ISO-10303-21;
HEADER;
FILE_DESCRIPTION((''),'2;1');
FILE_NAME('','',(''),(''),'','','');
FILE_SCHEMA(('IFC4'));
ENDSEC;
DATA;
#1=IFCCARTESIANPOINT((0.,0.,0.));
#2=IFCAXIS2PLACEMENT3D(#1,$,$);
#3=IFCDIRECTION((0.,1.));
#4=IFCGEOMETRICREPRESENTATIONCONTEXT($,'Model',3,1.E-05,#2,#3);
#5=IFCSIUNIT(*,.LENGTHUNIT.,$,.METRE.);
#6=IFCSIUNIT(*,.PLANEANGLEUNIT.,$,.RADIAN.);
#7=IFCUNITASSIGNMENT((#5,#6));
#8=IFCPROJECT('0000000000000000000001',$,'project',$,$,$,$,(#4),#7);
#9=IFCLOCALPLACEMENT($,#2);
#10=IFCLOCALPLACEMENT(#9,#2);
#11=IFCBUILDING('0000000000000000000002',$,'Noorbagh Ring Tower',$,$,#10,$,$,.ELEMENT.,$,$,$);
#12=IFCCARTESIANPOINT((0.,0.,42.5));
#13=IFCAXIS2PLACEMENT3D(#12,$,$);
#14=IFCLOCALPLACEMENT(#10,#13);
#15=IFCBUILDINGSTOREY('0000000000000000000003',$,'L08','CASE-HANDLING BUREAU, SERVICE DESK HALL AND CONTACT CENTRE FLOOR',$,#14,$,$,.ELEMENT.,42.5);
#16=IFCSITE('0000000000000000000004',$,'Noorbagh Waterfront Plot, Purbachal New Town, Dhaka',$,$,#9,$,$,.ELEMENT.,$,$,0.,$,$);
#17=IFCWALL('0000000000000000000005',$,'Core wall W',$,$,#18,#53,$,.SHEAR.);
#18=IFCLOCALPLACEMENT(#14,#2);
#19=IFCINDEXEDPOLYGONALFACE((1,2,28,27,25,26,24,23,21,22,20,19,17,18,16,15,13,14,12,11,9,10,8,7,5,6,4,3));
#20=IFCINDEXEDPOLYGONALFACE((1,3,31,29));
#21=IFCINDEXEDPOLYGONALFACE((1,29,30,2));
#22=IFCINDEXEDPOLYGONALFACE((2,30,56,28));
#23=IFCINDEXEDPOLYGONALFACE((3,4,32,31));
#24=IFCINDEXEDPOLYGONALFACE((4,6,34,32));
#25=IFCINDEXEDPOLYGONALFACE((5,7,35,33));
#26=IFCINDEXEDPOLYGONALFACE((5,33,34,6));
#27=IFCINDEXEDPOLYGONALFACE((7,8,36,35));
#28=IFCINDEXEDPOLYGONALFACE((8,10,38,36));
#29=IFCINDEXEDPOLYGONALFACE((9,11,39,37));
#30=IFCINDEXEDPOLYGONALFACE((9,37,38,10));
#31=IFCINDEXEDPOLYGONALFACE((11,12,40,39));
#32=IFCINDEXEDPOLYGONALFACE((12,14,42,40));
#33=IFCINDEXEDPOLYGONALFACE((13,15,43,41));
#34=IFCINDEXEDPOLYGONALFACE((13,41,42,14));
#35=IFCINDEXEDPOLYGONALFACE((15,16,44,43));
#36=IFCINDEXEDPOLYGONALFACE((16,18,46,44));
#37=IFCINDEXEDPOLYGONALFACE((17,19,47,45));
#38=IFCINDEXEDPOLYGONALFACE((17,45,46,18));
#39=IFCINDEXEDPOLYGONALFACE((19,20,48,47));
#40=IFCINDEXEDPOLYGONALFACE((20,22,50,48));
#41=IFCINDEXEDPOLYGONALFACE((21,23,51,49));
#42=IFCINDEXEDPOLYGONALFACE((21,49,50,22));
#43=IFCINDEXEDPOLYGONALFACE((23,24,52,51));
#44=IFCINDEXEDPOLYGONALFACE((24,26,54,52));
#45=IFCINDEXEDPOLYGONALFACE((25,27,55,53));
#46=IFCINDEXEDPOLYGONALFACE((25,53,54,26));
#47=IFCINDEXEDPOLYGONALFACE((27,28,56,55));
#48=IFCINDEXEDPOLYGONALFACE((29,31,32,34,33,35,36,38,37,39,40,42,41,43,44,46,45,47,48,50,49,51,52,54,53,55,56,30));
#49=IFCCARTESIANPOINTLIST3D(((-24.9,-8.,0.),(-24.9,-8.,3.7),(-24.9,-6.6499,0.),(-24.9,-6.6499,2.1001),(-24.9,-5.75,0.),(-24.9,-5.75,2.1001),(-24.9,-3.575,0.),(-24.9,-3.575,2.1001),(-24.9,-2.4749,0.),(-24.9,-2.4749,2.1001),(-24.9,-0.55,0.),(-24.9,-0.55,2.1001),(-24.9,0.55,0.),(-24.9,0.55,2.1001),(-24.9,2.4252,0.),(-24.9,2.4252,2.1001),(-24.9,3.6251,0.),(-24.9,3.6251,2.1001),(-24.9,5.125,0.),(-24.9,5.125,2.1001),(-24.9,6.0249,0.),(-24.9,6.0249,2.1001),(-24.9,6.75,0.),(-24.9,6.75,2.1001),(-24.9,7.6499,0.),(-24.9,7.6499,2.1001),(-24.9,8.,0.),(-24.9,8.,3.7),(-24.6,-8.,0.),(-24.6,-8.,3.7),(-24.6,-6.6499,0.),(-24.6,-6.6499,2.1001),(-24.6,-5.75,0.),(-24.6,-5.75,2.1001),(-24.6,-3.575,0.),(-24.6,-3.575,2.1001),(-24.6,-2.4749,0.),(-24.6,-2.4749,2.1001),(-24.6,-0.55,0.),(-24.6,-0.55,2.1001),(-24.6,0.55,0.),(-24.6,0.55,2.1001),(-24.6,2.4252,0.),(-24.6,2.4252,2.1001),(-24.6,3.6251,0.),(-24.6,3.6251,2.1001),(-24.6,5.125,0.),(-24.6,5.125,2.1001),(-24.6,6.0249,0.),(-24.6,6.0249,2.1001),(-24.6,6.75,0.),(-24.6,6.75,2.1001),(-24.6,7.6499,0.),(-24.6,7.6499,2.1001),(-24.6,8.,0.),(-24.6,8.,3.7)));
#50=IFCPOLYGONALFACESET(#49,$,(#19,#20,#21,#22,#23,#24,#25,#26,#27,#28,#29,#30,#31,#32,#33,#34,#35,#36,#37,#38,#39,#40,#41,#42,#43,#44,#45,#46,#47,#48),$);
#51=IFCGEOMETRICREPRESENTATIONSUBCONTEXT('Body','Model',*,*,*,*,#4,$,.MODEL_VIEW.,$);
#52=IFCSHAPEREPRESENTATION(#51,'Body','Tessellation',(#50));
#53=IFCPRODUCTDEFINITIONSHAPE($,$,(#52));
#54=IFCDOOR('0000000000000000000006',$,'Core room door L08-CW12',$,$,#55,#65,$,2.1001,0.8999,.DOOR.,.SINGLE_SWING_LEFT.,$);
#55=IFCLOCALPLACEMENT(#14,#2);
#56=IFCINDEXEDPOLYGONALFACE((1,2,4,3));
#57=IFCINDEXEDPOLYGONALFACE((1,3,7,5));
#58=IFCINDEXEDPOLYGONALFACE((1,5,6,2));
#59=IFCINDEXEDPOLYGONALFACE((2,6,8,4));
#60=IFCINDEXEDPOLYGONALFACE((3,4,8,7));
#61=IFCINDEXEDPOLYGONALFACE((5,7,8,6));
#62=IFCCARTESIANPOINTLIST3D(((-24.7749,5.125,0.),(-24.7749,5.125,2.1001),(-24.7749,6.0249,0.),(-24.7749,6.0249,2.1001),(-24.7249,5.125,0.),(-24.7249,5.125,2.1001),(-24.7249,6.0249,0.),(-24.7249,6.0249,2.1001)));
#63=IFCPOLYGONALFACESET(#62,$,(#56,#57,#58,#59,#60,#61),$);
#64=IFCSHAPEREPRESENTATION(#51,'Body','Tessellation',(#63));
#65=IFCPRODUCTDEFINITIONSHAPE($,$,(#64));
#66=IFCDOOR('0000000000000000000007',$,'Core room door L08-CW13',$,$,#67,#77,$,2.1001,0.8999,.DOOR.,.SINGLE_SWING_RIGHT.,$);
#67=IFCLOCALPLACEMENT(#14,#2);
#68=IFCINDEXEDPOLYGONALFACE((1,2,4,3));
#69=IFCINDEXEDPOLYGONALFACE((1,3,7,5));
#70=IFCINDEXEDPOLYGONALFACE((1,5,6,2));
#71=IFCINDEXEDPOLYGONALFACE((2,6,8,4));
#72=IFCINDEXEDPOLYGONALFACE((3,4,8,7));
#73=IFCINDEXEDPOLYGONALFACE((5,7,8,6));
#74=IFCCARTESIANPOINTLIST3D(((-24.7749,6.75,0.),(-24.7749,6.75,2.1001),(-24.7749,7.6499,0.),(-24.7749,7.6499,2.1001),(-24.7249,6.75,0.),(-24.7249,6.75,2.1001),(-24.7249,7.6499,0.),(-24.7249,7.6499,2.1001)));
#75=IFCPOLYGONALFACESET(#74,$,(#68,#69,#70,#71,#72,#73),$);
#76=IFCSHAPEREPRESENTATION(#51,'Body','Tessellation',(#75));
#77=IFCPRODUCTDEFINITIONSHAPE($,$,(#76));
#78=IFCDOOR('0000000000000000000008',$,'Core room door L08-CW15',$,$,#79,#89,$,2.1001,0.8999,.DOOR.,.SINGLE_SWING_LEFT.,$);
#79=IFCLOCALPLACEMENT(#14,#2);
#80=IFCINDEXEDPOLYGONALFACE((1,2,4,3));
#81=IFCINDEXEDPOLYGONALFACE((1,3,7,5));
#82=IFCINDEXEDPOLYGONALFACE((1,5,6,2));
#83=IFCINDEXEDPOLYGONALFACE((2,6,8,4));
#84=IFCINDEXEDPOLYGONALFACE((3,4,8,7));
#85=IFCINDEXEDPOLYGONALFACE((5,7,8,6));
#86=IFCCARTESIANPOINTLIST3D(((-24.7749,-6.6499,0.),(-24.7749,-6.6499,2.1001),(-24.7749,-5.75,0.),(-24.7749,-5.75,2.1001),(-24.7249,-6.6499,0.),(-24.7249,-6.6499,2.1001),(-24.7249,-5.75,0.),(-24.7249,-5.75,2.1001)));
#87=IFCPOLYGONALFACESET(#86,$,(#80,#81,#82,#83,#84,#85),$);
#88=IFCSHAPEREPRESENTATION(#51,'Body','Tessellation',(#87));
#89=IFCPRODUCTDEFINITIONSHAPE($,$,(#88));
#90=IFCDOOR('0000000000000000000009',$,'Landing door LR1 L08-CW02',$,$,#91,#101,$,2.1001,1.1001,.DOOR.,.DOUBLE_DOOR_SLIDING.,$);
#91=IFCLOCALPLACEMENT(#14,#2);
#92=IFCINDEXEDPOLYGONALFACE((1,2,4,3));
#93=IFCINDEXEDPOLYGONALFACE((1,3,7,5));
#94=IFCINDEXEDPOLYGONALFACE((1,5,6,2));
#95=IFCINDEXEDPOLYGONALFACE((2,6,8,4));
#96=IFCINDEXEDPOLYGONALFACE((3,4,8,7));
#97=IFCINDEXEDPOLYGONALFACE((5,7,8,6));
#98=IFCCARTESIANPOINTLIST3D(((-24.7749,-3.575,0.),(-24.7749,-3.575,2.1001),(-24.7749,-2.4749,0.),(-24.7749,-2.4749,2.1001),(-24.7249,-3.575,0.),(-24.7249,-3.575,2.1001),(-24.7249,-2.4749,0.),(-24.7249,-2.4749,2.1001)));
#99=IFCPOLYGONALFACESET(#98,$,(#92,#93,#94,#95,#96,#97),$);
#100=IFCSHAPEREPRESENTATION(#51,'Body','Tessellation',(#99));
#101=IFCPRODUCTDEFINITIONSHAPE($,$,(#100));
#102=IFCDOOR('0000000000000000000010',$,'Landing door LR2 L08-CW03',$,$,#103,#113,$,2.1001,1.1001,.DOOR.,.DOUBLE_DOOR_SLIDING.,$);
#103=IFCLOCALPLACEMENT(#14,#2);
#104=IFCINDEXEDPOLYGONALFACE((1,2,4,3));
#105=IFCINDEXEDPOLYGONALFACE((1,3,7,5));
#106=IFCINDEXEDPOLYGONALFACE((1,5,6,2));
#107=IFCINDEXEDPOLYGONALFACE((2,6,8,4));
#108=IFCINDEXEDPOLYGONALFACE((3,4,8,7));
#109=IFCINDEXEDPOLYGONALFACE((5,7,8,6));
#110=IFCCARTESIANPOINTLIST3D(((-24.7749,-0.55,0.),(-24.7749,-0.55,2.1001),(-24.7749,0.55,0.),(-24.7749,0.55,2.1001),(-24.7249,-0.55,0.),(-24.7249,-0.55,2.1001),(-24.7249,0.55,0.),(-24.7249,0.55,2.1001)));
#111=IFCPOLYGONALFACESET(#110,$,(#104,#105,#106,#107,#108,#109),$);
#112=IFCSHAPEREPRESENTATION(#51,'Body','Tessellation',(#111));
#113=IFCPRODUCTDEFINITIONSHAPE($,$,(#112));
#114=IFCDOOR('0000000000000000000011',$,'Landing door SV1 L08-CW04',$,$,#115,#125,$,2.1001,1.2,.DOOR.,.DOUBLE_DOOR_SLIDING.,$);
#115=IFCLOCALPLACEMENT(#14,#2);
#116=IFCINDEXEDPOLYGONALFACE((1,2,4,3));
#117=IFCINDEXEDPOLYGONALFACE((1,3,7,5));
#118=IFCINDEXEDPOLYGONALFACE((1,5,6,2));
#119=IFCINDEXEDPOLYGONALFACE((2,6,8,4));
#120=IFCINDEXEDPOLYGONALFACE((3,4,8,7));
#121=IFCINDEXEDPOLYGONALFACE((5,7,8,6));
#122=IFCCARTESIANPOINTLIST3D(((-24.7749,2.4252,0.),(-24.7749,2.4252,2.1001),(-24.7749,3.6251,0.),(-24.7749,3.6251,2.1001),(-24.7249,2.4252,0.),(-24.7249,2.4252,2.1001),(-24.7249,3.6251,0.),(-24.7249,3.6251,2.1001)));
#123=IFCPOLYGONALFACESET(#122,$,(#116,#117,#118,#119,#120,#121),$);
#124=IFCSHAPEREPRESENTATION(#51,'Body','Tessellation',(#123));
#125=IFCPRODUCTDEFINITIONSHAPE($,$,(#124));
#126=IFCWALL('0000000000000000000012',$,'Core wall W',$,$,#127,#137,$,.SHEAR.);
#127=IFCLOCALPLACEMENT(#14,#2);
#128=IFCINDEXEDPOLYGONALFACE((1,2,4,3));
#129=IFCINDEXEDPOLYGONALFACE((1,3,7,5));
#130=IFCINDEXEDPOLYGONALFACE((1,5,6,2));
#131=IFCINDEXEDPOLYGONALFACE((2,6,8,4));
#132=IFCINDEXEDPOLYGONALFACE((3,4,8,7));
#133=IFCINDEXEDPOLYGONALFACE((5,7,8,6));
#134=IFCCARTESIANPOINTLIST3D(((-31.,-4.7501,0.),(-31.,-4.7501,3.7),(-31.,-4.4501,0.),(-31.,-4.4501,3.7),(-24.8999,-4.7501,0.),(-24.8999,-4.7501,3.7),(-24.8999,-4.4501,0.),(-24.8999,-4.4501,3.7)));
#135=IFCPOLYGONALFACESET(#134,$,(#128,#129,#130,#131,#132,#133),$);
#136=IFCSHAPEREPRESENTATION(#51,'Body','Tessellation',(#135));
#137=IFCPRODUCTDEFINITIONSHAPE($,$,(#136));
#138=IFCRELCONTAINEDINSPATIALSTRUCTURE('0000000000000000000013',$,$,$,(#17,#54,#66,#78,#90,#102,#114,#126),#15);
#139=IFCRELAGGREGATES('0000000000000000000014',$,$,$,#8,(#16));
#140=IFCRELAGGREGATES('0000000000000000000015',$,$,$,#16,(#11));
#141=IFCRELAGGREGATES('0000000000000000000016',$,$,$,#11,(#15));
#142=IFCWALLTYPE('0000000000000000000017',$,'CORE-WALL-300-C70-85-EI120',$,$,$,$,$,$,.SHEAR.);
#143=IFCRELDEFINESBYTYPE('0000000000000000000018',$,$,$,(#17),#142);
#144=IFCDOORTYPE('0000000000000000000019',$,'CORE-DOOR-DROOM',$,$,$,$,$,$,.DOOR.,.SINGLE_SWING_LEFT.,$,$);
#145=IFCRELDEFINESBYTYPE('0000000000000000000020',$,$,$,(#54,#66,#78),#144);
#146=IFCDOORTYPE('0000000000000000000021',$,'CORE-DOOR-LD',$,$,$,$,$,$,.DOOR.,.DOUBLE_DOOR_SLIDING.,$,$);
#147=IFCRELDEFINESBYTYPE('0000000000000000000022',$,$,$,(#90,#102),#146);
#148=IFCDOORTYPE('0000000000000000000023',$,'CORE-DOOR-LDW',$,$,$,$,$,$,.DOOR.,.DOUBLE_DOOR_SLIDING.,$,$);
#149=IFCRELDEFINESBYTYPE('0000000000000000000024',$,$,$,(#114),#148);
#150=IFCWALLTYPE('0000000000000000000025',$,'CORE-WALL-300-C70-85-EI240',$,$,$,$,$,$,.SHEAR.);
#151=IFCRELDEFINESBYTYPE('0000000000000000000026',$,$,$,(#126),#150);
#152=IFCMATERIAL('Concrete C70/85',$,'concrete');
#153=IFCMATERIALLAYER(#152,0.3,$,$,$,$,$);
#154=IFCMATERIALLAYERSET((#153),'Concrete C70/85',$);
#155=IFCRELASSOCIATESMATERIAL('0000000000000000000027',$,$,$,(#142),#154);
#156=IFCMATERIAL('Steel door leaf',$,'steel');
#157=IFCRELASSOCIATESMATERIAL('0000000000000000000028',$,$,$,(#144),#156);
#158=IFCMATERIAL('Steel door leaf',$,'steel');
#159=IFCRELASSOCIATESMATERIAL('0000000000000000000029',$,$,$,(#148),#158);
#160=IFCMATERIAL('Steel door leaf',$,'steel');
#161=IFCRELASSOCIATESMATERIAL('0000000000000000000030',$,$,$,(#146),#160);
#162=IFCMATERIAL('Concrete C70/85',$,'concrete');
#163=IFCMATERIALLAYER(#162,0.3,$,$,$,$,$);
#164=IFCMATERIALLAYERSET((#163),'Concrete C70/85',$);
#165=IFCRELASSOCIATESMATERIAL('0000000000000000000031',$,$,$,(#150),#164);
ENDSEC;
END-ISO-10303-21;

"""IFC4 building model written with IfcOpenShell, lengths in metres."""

from ifc_helpers import new_model, si_unit, direction, frame, frame_2d, origin, place, context, subcontext, project, spatial, rectangle, extrude, material, layer, layer_set, type_object, element, fill, save


model = new_model("IFC4")

# Units and contexts
model_context = context("Model", 3, precision=1e-05, world=origin(), true_north=direction((0.0, 1.0)))
body_context = subcontext(model_context, "Body", "Model", "MODEL_VIEW")
ifc_project = project(units=[si_unit("LENGTHUNIT", "METRE"), si_unit("PLANEANGLEUNIT", "RADIAN")], contexts=[model_context])

# Site, building, storey
site_placement = place(None, origin())
site = spatial("IfcSite", under=ifc_project, at=site_placement, Name="Noorbagh Waterfront Plot, Purbachal New Town, Dhaka", CompositionType="ELEMENT", RefElevation=0.0)
building_placement = place(site_placement, origin())
building = spatial("IfcBuilding", under=site, at=building_placement, Name="Noorbagh Ring Tower", CompositionType="ELEMENT")
storey_placement = place(building_placement, frame((0.0, 0.0, 42.5)))
storey = spatial("IfcBuildingStorey", under=building, at=storey_placement, Name="L08", Description="CASE-HANDLING BUREAU, SERVICE DESK HALL AND CONTACT CENTRE FLOOR", CompositionType="ELEMENT", Elevation=42.5)

# Wall, openings, doors
ifc_material_1 = material(Name="Concrete C70/85", Category="concrete")
ifc_layer_1 = layer(ifc_material_1, 0.3)
ifc_layer_set_1 = layer_set([ifc_layer_1], Name="Concrete C70/85")
wall_type_1 = type_object("IfcWallType", Name="CORE-WALL-300-C70-85-EI120", PredefinedType="SHEAR", material=ifc_layer_set_1)
ifc_material_2 = material(Name="Steel door leaf", Category="steel")
door_type_1 = type_object("IfcDoorType", Name="CORE-DOOR-DROOM", OperationType="SINGLE_SWING_LEFT", PredefinedType="DOOR", material=ifc_material_2)
ifc_material_3 = material(Name="Steel door leaf", Category="steel")
door_type_2 = type_object("IfcDoorType", Name="CORE-DOOR-LDW", OperationType="DOUBLE_DOOR_SLIDING", PredefinedType="DOOR", material=ifc_material_3)
wall_1_placement = place(storey_placement, frame((-24.75, -8.0, 0.0), z_axis=(0.0, 0.0, 1.0), x_axis=(0.0, 1.0, 0.0)))
wall_1 = element("IfcWall", 1, at=wall_1_placement, inside=storey, type_object=wall_type_1, Name="Core wall W", PredefinedType="SHEAR", context=body_context, shape_type="SweptSolid", body=[
    extrude(rectangle(XDim=16.0, YDim=0.3, at=frame_2d((8.0, 0.0))), origin(), (0.0, 0.0, 1.0), 3.7),
])
opening_1_placement = place(wall_1_placement, frame((4.425, 0.0, 0.0)))
opening_1 = element("IfcOpeningElement", 2, at=opening_1_placement, cuts=wall_1, PredefinedType="OPENING", context=body_context, shape_type="SweptSolid", body=[
    extrude(rectangle(XDim=1.1001, YDim=2.1001, at=frame_2d((0.55, 1.05))), frame((0.0, 0.1602, 0.0), z_axis=(0.0, -1.0, 0.0), x_axis=(1.0, 0.0, 0.0)), (0.0, 0.0, 1.0), 0.3201),
])
opening_2_placement = place(wall_1_placement, frame((7.45, 0.0, 0.0)))
opening_2 = element("IfcOpeningElement", 3, at=opening_2_placement, cuts=wall_1, PredefinedType="OPENING", context=body_context, shape_type="SweptSolid", body=[
    extrude(rectangle(XDim=1.1001, YDim=2.1001, at=frame_2d((0.55, 1.05))), frame((0.0, 0.1602, 0.0), z_axis=(0.0, -1.0, 0.0), x_axis=(1.0, 0.0, 0.0)), (0.0, 0.0, 1.0), 0.3201),
])
opening_3_placement = place(wall_1_placement, frame((10.425, 0.0, 0.0)))
opening_3 = element("IfcOpeningElement", 4, at=opening_3_placement, cuts=wall_1, PredefinedType="OPENING", context=body_context, shape_type="SweptSolid", body=[
    extrude(rectangle(XDim=1.2, YDim=2.1001, at=frame_2d((0.6001, 1.05))), frame((0.0, 0.1602, 0.0), z_axis=(0.0, -1.0, 0.0), x_axis=(1.0, 0.0, 0.0)), (0.0, 0.0, 1.0), 0.3201),
])
opening_4_placement = place(wall_1_placement, frame((13.125, 0.0, 0.0)))
opening_4 = element("IfcOpeningElement", 5, at=opening_4_placement, cuts=wall_1, PredefinedType="OPENING", context=body_context, shape_type="SweptSolid", body=[
    extrude(rectangle(XDim=0.8999, YDim=2.1001, at=frame_2d((0.45, 1.05))), frame((0.0, 0.1602, 0.0), z_axis=(0.0, -1.0, 0.0), x_axis=(1.0, 0.0, 0.0)), (0.0, 0.0, 1.0), 0.3201),
])
opening_5_placement = place(wall_1_placement, frame((14.75, 0.0, 0.0)))
opening_5 = element("IfcOpeningElement", 6, at=opening_5_placement, cuts=wall_1, PredefinedType="OPENING", context=body_context, shape_type="SweptSolid", body=[
    extrude(rectangle(XDim=0.8999, YDim=2.1001, at=frame_2d((0.45, 1.05))), frame((0.0, 0.1602, 0.0), z_axis=(0.0, -1.0, 0.0), x_axis=(1.0, 0.0, 0.0)), (0.0, 0.0, 1.0), 0.3201),
])
opening_6_placement = place(wall_1_placement, frame((1.3501, 0.0, 0.0)))
opening_6 = element("IfcOpeningElement", 7, at=opening_6_placement, cuts=wall_1, PredefinedType="OPENING", context=body_context, shape_type="SweptSolid", body=[
    extrude(rectangle(XDim=0.8999, YDim=2.1001, at=frame_2d((0.45, 1.05))), frame((0.0, 0.1602, 0.0), z_axis=(0.0, -1.0, 0.0), x_axis=(1.0, 0.0, 0.0)), (0.0, 0.0, 1.0), 0.3201),
])
door_1_placement = place(opening_4_placement, origin())
door_1 = element("IfcDoor", 8, at=door_1_placement, inside=storey, type_object=door_type_1, Name="Core room door L08-CW12", OperationType="SINGLE_SWING_LEFT", OverallHeight=2.1001, OverallWidth=0.8999, PredefinedType="DOOR", context=body_context, shape_type="SweptSolid", body=[
    extrude(rectangle(XDim=0.8999, YDim=2.1001, at=frame_2d((0.45, 1.05))), frame((0.0, 0.0249, 0.0), z_axis=(0.0, -1.0, 0.0), x_axis=(1.0, 0.0, 0.0)), (0.0, 0.0, 1.0), 0.05),
])
fill(opening_4, door_1)
door_2_placement = place(opening_5_placement, origin())
door_2 = element("IfcDoor", 9, at=door_2_placement, inside=storey, type_object=door_type_1, Name="Core room door L08-CW13", OperationType="SINGLE_SWING_RIGHT", OverallHeight=2.1001, OverallWidth=0.8999, PredefinedType="DOOR", context=body_context, shape_type="SweptSolid", body=[
    extrude(rectangle(XDim=0.8999, YDim=2.1001, at=frame_2d((0.45, 1.05))), frame((0.0, 0.0249, 0.0), z_axis=(0.0, -1.0, 0.0), x_axis=(1.0, 0.0, 0.0)), (0.0, 0.0, 1.0), 0.05),
])
fill(opening_5, door_2)
door_3_placement = place(opening_6_placement, origin())
door_3 = element("IfcDoor", 10, at=door_3_placement, inside=storey, type_object=door_type_1, Name="Core room door L08-CW15", OperationType="SINGLE_SWING_LEFT", OverallHeight=2.1001, OverallWidth=0.8999, PredefinedType="DOOR", context=body_context, shape_type="SweptSolid", body=[
    extrude(rectangle(XDim=0.8999, YDim=2.1001, at=frame_2d((0.45, 1.05))), frame((0.0, 0.0249, 0.0), z_axis=(0.0, -1.0, 0.0), x_axis=(1.0, 0.0, 0.0)), (0.0, 0.0, 1.0), 0.05),
])
fill(opening_6, door_3)
ifc_material_4 = material(Name="Steel door leaf", Category="steel")
door_type_3 = type_object("IfcDoorType", Name="CORE-DOOR-LD", OperationType="DOUBLE_DOOR_SLIDING", PredefinedType="DOOR", material=ifc_material_4)
door_4_placement = place(opening_1_placement, origin())
door_4 = element("IfcDoor", 11, at=door_4_placement, inside=storey, type_object=door_type_3, Name="Landing door LR1 L08-CW02", OperationType="DOUBLE_DOOR_SLIDING", OverallHeight=2.1001, OverallWidth=1.1001, PredefinedType="DOOR", context=body_context, shape_type="SweptSolid", body=[
    extrude(rectangle(XDim=1.1001, YDim=2.1001, at=frame_2d((0.55, 1.05))), frame((0.0, 0.0249, 0.0), z_axis=(0.0, -1.0, 0.0), x_axis=(1.0, 0.0, 0.0)), (0.0, 0.0, 1.0), 0.05),
])
fill(opening_1, door_4)
door_5_placement = place(opening_2_placement, origin())
door_5 = element("IfcDoor", 12, at=door_5_placement, inside=storey, type_object=door_type_3, Name="Landing door LR2 L08-CW03", OperationType="DOUBLE_DOOR_SLIDING", OverallHeight=2.1001, OverallWidth=1.1001, PredefinedType="DOOR", context=body_context, shape_type="SweptSolid", body=[
    extrude(rectangle(XDim=1.1001, YDim=2.1001, at=frame_2d((0.55, 1.05))), frame((0.0, 0.0249, 0.0), z_axis=(0.0, -1.0, 0.0), x_axis=(1.0, 0.0, 0.0)), (0.0, 0.0, 1.0), 0.05),
])
fill(opening_2, door_5)
door_6_placement = place(opening_3_placement, origin())
door_6 = element("IfcDoor", 13, at=door_6_placement, inside=storey, type_object=door_type_2, Name="Landing door SV1 L08-CW04", OperationType="DOUBLE_DOOR_SLIDING", OverallHeight=2.1001, OverallWidth=1.2, PredefinedType="DOOR", context=body_context, shape_type="SweptSolid", body=[
    extrude(rectangle(XDim=1.2, YDim=2.1001, at=frame_2d((0.6001, 1.05))), frame((0.0, 0.0249, 0.0), z_axis=(0.0, -1.0, 0.0), x_axis=(1.0, 0.0, 0.0)), (0.0, 0.0, 1.0), 0.05),
])
fill(opening_3, door_6)

# Wall
ifc_material_5 = material(Name="Concrete C70/85", Category="concrete")
ifc_layer_2 = layer(ifc_material_5, 0.3)
ifc_layer_set_2 = layer_set([ifc_layer_2], Name="Concrete C70/85")
wall_type_2 = type_object("IfcWallType", Name="CORE-WALL-300-C70-85-EI240", PredefinedType="SHEAR", material=ifc_layer_set_2)
wall_2_placement = place(storey_placement, frame((-24.8999, -4.6001, 0.0), z_axis=(0.0, 0.0, 1.0), x_axis=(-1.0, 0.0, 0.0)))
element("IfcWall", 14, at=wall_2_placement, inside=storey, type_object=wall_type_2, Name="Core wall W", PredefinedType="SHEAR", context=body_context, shape_type="SweptSolid", body=[
    extrude(rectangle(XDim=6.1001, YDim=0.3, at=frame_2d((3.05, 0.0))), origin(), (0.0, 0.0, 1.0), 3.7),
])

save(model, "model.ifc")
